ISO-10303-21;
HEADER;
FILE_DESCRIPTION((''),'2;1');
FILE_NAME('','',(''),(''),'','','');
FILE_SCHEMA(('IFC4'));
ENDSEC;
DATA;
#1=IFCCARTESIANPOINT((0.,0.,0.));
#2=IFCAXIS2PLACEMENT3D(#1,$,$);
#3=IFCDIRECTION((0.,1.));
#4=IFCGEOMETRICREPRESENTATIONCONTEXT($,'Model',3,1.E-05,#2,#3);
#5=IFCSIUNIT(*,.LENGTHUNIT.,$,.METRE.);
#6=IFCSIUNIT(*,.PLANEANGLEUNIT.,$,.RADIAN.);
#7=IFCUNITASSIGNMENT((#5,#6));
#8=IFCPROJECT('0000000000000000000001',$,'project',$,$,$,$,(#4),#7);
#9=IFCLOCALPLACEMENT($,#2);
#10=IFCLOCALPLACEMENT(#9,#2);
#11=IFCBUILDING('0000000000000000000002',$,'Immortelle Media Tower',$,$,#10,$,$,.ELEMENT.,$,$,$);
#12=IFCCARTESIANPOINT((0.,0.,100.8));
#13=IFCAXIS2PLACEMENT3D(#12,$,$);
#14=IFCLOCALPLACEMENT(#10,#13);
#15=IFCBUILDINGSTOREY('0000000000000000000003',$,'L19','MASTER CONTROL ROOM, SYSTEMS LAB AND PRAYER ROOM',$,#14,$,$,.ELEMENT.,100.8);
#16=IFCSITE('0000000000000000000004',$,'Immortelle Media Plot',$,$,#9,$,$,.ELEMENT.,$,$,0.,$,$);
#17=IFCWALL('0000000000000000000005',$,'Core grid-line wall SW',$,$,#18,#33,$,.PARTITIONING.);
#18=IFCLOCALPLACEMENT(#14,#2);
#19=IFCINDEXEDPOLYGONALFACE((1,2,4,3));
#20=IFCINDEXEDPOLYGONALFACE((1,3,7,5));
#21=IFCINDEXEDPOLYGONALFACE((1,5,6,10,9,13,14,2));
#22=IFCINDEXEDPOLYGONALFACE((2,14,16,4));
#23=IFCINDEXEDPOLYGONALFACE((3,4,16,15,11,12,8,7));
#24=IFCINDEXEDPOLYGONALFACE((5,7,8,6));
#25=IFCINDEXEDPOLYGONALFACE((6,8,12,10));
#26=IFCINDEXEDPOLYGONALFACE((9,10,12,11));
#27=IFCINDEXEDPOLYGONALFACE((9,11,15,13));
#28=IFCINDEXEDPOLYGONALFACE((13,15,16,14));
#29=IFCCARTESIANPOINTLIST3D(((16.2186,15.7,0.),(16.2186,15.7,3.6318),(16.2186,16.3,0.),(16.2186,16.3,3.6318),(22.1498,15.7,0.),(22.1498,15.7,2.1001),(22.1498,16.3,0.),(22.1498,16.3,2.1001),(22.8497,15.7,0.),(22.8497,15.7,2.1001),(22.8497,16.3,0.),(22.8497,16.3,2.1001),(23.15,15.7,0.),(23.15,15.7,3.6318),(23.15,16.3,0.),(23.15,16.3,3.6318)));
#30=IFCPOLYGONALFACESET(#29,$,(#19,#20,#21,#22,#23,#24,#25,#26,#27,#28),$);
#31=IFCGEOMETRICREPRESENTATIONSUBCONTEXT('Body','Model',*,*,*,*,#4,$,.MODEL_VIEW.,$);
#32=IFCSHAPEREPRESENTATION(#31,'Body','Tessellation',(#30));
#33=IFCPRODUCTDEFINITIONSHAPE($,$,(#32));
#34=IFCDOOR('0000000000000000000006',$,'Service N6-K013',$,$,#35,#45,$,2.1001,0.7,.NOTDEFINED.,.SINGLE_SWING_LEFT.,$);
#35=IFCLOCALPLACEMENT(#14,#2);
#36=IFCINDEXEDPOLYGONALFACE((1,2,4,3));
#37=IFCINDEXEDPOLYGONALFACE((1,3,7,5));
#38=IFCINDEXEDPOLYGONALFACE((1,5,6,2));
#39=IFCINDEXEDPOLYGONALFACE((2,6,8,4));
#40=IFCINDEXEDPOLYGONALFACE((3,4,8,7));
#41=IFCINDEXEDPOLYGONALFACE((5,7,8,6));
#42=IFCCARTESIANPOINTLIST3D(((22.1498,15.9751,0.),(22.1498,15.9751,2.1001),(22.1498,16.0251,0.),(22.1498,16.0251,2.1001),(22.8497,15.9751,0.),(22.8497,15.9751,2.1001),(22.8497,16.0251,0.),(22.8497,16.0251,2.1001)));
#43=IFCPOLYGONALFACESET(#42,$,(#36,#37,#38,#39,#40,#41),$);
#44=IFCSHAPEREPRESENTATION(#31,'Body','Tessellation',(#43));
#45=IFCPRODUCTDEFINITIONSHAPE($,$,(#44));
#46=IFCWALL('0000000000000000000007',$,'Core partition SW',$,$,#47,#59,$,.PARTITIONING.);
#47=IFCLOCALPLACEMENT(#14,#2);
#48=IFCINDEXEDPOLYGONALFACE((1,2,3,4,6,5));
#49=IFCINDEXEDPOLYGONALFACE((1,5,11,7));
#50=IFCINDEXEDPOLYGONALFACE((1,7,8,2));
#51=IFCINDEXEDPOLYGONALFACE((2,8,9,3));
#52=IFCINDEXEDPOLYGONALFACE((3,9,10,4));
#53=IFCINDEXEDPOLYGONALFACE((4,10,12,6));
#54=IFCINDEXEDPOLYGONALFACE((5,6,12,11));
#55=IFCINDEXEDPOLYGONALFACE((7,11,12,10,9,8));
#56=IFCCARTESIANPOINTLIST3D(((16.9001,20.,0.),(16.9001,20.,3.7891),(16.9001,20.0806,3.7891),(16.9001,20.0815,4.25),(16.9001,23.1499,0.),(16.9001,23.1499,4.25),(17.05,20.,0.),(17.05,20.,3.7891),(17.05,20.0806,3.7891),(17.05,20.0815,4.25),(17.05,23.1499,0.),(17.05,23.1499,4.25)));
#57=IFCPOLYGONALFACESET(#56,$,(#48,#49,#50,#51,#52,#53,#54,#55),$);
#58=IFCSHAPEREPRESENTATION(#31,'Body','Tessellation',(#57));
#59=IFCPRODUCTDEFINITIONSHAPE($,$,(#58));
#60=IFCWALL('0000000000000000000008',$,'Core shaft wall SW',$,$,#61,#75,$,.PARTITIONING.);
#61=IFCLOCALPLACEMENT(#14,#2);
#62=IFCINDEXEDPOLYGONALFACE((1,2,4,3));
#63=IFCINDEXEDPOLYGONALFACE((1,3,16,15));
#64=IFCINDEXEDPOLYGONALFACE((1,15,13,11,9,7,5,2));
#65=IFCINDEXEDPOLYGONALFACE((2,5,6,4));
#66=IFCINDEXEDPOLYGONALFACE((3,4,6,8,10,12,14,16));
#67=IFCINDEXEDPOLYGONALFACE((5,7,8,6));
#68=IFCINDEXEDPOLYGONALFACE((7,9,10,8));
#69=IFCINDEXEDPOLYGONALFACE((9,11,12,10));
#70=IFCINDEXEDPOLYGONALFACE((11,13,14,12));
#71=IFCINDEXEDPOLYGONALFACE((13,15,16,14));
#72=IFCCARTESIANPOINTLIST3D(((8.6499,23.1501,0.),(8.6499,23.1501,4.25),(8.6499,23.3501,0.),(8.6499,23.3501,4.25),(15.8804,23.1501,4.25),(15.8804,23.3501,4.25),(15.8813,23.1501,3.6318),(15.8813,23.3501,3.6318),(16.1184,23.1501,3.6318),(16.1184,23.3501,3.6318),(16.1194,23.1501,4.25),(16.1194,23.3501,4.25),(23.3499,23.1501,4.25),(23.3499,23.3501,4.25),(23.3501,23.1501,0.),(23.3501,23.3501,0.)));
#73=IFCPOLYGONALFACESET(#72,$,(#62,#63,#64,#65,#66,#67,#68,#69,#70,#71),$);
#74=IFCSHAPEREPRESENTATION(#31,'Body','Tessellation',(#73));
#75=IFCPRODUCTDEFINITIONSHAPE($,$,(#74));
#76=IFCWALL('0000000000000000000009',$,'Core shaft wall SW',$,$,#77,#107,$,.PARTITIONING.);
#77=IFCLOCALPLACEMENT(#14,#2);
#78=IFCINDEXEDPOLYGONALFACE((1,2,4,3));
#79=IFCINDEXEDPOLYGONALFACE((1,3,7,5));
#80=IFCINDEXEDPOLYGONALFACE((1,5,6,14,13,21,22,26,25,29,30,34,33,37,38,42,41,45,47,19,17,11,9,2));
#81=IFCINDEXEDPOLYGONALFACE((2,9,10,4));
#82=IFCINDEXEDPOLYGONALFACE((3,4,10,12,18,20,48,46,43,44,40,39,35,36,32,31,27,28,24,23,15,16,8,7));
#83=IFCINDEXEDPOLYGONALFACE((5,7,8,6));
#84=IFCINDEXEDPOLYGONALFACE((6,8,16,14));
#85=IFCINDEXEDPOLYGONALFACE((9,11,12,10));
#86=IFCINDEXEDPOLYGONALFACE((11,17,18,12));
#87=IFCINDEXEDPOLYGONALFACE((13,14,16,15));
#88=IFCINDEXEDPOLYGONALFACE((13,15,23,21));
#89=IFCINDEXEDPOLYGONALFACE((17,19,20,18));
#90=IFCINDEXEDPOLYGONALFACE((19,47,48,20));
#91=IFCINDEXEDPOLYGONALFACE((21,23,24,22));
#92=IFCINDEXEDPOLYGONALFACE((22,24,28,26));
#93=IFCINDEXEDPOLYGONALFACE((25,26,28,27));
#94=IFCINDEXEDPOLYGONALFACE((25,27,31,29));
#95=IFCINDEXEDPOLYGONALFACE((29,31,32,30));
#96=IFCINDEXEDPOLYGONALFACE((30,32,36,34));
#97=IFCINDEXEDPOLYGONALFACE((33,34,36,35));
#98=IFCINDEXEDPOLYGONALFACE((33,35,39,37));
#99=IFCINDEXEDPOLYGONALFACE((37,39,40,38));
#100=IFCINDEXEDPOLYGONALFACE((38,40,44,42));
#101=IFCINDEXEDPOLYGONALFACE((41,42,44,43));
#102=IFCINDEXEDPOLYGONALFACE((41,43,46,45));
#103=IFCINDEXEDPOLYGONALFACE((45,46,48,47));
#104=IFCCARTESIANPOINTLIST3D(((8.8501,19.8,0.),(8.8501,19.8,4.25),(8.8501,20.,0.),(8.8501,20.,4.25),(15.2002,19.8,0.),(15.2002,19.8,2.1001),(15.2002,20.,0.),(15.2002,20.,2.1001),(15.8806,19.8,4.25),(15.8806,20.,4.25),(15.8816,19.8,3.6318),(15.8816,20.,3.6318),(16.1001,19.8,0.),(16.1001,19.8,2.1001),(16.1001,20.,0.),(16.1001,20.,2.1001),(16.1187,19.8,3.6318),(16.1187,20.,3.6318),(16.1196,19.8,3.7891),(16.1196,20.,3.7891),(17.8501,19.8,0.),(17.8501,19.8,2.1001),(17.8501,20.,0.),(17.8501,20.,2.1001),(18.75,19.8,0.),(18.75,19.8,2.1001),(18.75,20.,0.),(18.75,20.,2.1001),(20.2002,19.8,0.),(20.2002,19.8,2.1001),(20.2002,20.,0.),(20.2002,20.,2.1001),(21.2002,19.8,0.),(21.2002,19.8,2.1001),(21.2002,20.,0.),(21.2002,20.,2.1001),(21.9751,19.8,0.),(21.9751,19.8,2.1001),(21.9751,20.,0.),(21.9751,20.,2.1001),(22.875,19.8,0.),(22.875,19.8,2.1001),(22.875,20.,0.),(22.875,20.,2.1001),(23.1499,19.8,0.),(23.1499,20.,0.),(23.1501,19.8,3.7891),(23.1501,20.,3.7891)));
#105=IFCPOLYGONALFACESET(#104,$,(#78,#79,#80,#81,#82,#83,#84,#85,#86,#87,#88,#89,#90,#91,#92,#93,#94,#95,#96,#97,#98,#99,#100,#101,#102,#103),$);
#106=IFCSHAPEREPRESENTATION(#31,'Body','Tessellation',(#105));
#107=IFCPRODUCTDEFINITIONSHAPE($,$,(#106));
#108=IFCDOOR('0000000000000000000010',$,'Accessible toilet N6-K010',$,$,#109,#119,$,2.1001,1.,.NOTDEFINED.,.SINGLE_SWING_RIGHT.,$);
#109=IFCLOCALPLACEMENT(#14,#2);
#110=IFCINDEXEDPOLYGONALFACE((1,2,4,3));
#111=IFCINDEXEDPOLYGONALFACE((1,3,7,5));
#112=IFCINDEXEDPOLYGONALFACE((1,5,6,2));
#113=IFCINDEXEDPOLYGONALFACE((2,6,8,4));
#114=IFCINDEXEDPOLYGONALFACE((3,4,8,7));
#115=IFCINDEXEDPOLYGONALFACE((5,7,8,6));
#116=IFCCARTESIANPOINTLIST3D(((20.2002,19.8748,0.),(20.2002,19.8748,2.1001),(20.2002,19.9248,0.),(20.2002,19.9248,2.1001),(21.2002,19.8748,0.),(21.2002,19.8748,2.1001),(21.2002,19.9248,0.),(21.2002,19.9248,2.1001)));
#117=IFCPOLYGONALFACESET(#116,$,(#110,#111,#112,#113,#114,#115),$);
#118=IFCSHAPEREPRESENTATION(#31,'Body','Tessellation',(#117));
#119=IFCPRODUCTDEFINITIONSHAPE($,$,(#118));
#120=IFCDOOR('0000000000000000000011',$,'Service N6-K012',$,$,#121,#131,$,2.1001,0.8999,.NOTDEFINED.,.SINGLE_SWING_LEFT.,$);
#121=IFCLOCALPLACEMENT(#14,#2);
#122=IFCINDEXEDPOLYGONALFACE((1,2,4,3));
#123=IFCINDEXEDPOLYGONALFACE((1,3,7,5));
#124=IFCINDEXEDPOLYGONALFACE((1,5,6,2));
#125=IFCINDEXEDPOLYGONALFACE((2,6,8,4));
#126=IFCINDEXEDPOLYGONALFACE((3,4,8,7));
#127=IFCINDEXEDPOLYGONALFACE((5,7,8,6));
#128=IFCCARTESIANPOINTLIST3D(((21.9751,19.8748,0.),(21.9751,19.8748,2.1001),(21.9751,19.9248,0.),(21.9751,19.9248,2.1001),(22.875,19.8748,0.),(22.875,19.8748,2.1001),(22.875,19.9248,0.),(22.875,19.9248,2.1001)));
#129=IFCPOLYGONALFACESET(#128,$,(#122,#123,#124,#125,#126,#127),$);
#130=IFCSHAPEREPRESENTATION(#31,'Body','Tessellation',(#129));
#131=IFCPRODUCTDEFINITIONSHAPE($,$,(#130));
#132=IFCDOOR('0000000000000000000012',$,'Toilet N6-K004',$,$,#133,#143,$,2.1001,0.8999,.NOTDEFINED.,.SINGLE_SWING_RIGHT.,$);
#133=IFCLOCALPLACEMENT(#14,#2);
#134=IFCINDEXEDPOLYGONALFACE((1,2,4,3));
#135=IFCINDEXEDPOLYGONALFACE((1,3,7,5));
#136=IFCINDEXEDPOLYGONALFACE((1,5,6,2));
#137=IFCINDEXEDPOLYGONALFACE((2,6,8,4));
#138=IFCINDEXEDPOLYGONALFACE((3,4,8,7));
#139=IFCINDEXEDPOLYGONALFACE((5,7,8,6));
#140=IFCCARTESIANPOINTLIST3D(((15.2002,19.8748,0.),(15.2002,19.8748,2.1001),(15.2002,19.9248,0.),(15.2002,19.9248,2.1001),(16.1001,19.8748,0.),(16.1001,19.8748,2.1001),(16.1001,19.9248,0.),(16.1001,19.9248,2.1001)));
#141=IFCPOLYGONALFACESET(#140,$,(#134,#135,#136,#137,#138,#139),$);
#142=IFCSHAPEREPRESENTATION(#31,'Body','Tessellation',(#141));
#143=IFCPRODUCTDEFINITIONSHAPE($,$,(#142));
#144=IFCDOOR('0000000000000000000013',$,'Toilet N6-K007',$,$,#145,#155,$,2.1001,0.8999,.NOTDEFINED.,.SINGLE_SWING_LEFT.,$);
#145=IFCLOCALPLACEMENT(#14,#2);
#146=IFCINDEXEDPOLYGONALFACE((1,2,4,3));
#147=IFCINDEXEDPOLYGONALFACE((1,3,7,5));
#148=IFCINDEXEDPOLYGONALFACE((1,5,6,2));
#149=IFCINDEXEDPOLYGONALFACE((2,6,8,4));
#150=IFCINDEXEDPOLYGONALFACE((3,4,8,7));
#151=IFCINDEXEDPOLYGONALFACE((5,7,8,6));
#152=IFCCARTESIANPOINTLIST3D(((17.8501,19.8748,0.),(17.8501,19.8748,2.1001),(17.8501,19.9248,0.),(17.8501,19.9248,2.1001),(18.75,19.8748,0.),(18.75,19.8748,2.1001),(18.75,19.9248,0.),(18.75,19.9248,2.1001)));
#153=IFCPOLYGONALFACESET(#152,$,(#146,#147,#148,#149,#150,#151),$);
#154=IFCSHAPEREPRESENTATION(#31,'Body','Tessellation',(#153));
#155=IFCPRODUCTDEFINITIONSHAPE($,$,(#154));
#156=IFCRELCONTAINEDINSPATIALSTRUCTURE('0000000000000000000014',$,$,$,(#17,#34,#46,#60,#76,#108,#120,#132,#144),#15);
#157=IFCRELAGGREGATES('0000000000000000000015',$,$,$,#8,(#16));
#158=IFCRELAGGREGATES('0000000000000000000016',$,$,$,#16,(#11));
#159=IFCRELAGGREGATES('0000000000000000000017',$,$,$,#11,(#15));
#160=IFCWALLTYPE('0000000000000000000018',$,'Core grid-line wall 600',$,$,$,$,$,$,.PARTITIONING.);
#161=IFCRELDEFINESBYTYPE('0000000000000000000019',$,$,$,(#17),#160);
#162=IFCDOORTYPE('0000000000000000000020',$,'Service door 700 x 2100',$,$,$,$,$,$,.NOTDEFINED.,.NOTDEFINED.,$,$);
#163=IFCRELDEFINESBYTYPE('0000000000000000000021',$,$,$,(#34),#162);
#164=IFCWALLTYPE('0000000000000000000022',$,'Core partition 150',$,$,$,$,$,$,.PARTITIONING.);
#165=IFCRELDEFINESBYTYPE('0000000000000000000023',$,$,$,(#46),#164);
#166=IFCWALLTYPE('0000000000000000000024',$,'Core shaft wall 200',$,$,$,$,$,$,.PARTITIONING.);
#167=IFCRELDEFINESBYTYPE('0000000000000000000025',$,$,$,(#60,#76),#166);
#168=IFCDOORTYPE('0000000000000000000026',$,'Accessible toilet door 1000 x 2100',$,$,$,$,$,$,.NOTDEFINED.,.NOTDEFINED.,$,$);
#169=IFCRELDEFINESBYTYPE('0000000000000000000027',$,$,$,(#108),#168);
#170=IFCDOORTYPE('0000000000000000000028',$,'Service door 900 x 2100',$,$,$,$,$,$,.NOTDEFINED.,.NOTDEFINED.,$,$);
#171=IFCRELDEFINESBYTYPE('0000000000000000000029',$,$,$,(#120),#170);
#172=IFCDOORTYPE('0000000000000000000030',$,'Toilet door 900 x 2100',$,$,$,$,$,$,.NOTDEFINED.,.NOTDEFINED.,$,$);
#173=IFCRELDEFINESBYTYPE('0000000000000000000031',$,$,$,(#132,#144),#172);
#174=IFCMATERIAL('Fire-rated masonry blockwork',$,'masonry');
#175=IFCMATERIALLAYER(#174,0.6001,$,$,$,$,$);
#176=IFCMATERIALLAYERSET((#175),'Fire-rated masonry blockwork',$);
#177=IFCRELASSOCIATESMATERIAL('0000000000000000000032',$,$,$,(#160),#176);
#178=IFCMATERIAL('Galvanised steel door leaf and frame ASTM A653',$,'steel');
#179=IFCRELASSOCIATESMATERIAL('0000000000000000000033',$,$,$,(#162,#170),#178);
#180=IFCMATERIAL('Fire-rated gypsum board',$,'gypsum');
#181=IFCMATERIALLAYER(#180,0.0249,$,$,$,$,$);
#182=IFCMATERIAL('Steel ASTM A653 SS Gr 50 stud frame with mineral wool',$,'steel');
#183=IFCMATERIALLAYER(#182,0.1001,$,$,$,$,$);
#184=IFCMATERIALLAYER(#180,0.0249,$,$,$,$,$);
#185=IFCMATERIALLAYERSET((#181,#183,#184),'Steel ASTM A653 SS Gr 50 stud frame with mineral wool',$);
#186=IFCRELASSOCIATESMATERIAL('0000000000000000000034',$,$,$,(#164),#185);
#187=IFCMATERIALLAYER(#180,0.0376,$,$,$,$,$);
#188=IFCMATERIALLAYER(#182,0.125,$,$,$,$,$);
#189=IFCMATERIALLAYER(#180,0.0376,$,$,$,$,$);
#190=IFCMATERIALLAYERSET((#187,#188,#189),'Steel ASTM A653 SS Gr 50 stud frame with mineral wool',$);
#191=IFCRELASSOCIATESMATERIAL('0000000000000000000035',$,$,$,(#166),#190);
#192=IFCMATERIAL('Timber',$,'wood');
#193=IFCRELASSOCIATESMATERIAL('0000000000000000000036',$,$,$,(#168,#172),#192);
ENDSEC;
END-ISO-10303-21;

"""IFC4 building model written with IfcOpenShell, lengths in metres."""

from ifc_helpers import new_model, si_unit, direction, frame, frame_2d, origin, place, context, subcontext, project, spatial, polyline, rectangle, outline, extrude, material, layer, layer_set, type_object, element, fill, save


model = new_model("IFC4")

# Units and contexts
model_context = context("Model", 3, precision=1e-05, world=origin(), true_north=direction((0.0, 1.0)))
body_context = subcontext(model_context, "Body", "Model", "MODEL_VIEW")
ifc_project = project(units=[si_unit("LENGTHUNIT", "METRE"), si_unit("PLANEANGLEUNIT", "RADIAN")], contexts=[model_context])

# Site, building, storey
site_placement = place(None, origin())
site = spatial("IfcSite", under=ifc_project, at=site_placement, Name="Immortelle Media Plot", CompositionType="ELEMENT", RefElevation=0.0)
building_placement = place(site_placement, origin())
building = spatial("IfcBuilding", under=site, at=building_placement, Name="Immortelle Media Tower", CompositionType="ELEMENT")
storey_placement = place(building_placement, frame((0.0, 0.0, 100.8)))
storey = spatial("IfcBuildingStorey", under=building, at=storey_placement, Name="L19", Description="MASTER CONTROL ROOM, SYSTEMS LAB AND PRAYER ROOM", CompositionType="ELEMENT", Elevation=100.8)

# Wall, opening, door
ifc_material_1 = material(Name="Fire-rated masonry blockwork", Category="masonry")
ifc_layer_1 = layer(ifc_material_1, 0.6001)
ifc_layer_set_1 = layer_set([ifc_layer_1], Name="Fire-rated masonry blockwork")
wall_type_1 = type_object("IfcWallType", Name="Core grid-line wall 600", PredefinedType="PARTITIONING", material=ifc_layer_set_1)
wall_1_placement = place(storey_placement, frame((16.2185, 16.0, 0.0), z_axis=(0.0, 0.0, 1.0), x_axis=(1.0, 0.0, 0.0)))
wall_1 = element("IfcWall", 1, at=wall_1_placement, inside=storey, type_object=wall_type_1, Name="Core grid-line wall SW", PredefinedType="PARTITIONING", context=body_context, shape_type="SweptSolid", body=[
    extrude(rectangle(XDim=6.9314, YDim=0.6001, at=frame_2d((3.4658, 0.0))), origin(), (0.0, 0.0, 1.0), 3.6318),
])
opening_1_placement = place(wall_1_placement, frame((6.6313, 0.0, 0.0), z_axis=(0.0, 0.0, 1.0), x_axis=(-1.0, 0.0, 0.0)))
opening_1 = element("IfcOpeningElement", 2, at=opening_1_placement, cuts=wall_1, PredefinedType="OPENING", context=body_context, shape_type="SweptSolid", body=[
    extrude(rectangle(XDim=0.7, YDim=2.1001, at=frame_2d((0.3501, 1.05))), frame((0.0, 0.3101, 0.0), z_axis=(0.0, -1.0, 0.0), x_axis=(1.0, 0.0, 0.0)), (0.0, 0.0, 1.0), 0.6201),
])
ifc_material_2 = material(Name="Galvanised steel door leaf and frame ASTM A653", Category="steel")
door_type_1 = type_object("IfcDoorType", Name="Service door 700 x 2100", OperationType="NOTDEFINED", PredefinedType="NOTDEFINED", material=ifc_material_2)
door_1_placement = place(opening_1_placement, origin())
door_1 = element("IfcDoor", 3, at=door_1_placement, inside=storey, type_object=door_type_1, Name="Service N6-K013", OperationType="SINGLE_SWING_LEFT", OverallHeight=2.1001, OverallWidth=0.7, PredefinedType="NOTDEFINED", context=body_context, shape_type="SweptSolid", body=[
    extrude(rectangle(XDim=0.7, YDim=2.1001, at=frame_2d((0.3501, 1.05))), frame((0.0, 0.0249, 0.0), z_axis=(0.0, -1.0, 0.0), x_axis=(1.0, 0.0, 0.0)), (0.0, 0.0, 1.0), 0.05),
])
fill(opening_1, door_1)

# Walls
ifc_material_3 = material(Name="Fire-rated gypsum board", Category="gypsum")
ifc_layer_2 = layer(ifc_material_3, 0.0249)
ifc_material_4 = material(Name="Steel ASTM A653 SS Gr 50 stud frame with mineral wool", Category="steel")
ifc_layer_3 = layer(ifc_material_4, 0.1001)
ifc_layer_4 = layer(ifc_material_3, 0.0249)
ifc_layer_set_2 = layer_set([ifc_layer_2, ifc_layer_3, ifc_layer_4], Name="Steel ASTM A653 SS Gr 50 stud frame with mineral wool")
wall_type_2 = type_object("IfcWallType", Name="Core partition 150", PredefinedType="PARTITIONING", material=ifc_layer_set_2)
wall_2_placement = place(storey_placement, frame((16.9751, 20.0, 0.0), z_axis=(0.0, 0.0, 1.0), x_axis=(0.0, 1.0, 0.0)))
element("IfcWall", 4, at=wall_2_placement, inside=storey, type_object=wall_type_2, Name="Core partition SW", PredefinedType="PARTITIONING", context=body_context, shape_type="SweptSolid", body=[
    extrude(outline(polyline([(0.0, 0.0), (3.1499, 0.0), (3.1499, 4.25), (0.0815, 4.25), (0.0806, 3.7891), (0.0, 3.7891), (0.0, 0.0)])), frame((0.0, 0.075, 0.0), z_axis=(0.0, -1.0, 0.0), x_axis=(1.0, 0.0, 0.0)), (0.0, 0.0, 1.0), 0.1499),
])
ifc_layer_5 = layer(ifc_material_3, 0.0376)
ifc_layer_6 = layer(ifc_material_4, 0.125)
ifc_layer_7 = layer(ifc_material_3, 0.0376)
ifc_layer_set_3 = layer_set([ifc_layer_5, ifc_layer_6, ifc_layer_7], Name="Steel ASTM A653 SS Gr 50 stud frame with mineral wool")
wall_type_3 = type_object("IfcWallType", Name="Core shaft wall 200", PredefinedType="PARTITIONING", material=ifc_layer_set_3)
wall_3_placement = place(storey_placement, frame((8.6499, 23.25, 0.0), z_axis=(0.0, 0.0, 1.0), x_axis=(1.0, 0.0, 0.0)))
element("IfcWall", 5, at=wall_3_placement, inside=storey, type_object=wall_type_3, Name="Core shaft wall SW", PredefinedType="PARTITIONING", context=body_context, shape_type="SweptSolid", body=[
    extrude(outline(polyline([(0.0, 0.0), (14.7002, 0.0), (14.7, 4.25), (7.4695, 4.25), (7.4685, 3.6318), (7.2314, 3.6318), (7.2305, 4.25), (0.0, 4.25), (0.0, 0.0)])), frame((0.0, 0.1001, 0.0), z_axis=(0.0, -1.0, 0.0), x_axis=(1.0, 0.0, 0.0)), (0.0, 0.0, 1.0), 0.2),
])

# Wall, openings, doors
wall_4_placement = place(storey_placement, frame((8.8501, 19.8999, 0.0), z_axis=(0.0, 0.0, 1.0), x_axis=(1.0, 0.0, 0.0)))
wall_4 = element("IfcWall", 6, at=wall_4_placement, inside=storey, type_object=wall_type_3, Name="Core shaft wall SW", PredefinedType="PARTITIONING", context=body_context, shape_type="SweptSolid", body=[
    extrude(outline(polyline([(0.0, 0.0), (14.2998, 0.0), (14.3, 3.7891), (7.2695, 3.7891), (7.2686, 3.6318), (7.0315, 3.6318), (7.0305, 4.25), (0.0, 4.25), (0.0, 0.0)])), frame((0.0, 0.1001, 0.0), z_axis=(0.0, -1.0, 0.0), x_axis=(1.0, 0.0, 0.0)), (0.0, 0.0, 1.0), 0.2),
])
opening_2_placement = place(wall_4_placement, frame((6.3501, 0.0, 0.0)))
opening_2 = element("IfcOpeningElement", 7, at=opening_2_placement, cuts=wall_4, PredefinedType="OPENING", context=body_context, shape_type="SweptSolid", body=[
    extrude(rectangle(XDim=0.8999, YDim=2.1001, at=frame_2d((0.45, 1.05))), frame((0.0, 0.1099, 0.0), z_axis=(0.0, -1.0, 0.0), x_axis=(1.0, 0.0, 0.0)), (0.0, 0.0, 1.0), 0.22),
])
opening_3_placement = place(wall_4_placement, frame((9.0, 0.0, 0.0)))
opening_3 = element("IfcOpeningElement", 8, at=opening_3_placement, cuts=wall_4, PredefinedType="OPENING", context=body_context, shape_type="SweptSolid", body=[
    extrude(rectangle(XDim=0.8999, YDim=2.1001, at=frame_2d((0.45, 1.05))), frame((0.0, 0.1099, 0.0), z_axis=(0.0, -1.0, 0.0), x_axis=(1.0, 0.0, 0.0)), (0.0, 0.0, 1.0), 0.22),
])
opening_4_placement = place(wall_4_placement, frame((11.3501, 0.0, 0.0)))
opening_4 = element("IfcOpeningElement", 9, at=opening_4_placement, cuts=wall_4, PredefinedType="OPENING", context=body_context, shape_type="SweptSolid", body=[
    extrude(rectangle(XDim=1.0, YDim=2.1001, at=frame_2d((0.5, 1.05))), frame((0.0, 0.1099, 0.0), z_axis=(0.0, -1.0, 0.0), x_axis=(1.0, 0.0, 0.0)), (0.0, 0.0, 1.0), 0.22),
])
opening_5_placement = place(wall_4_placement, frame((13.125, 0.0, 0.0)))
opening_5 = element("IfcOpeningElement", 10, at=opening_5_placement, cuts=wall_4, PredefinedType="OPENING", context=body_context, shape_type="SweptSolid", body=[
    extrude(rectangle(XDim=0.8999, YDim=2.1001, at=frame_2d((0.45, 1.05))), frame((0.0, 0.1099, 0.0), z_axis=(0.0, -1.0, 0.0), x_axis=(1.0, 0.0, 0.0)), (0.0, 0.0, 1.0), 0.22),
])
ifc_material_5 = material(Name="Timber", Category="wood")
door_type_2 = type_object("IfcDoorType", Name="Accessible toilet door 1000 x 2100", OperationType="NOTDEFINED", PredefinedType="NOTDEFINED", material=ifc_material_5)
door_2_placement = place(opening_4_placement, origin())
door_2 = element("IfcDoor", 11, at=door_2_placement, inside=storey, type_object=door_type_2, Name="Accessible toilet N6-K010", OperationType="SINGLE_SWING_RIGHT", OverallHeight=2.1001, OverallWidth=1.0, PredefinedType="NOTDEFINED", context=body_context, shape_type="SweptSolid", body=[
    extrude(rectangle(XDim=1.0, YDim=2.1001, at=frame_2d((0.5, 1.05))), frame((0.0, 0.0249, 0.0), z_axis=(0.0, -1.0, 0.0), x_axis=(1.0, 0.0, 0.0)), (0.0, 0.0, 1.0), 0.05),
])
fill(opening_4, door_2)
door_type_3 = type_object("IfcDoorType", Name="Service door 900 x 2100", OperationType="NOTDEFINED", PredefinedType="NOTDEFINED", material=ifc_material_2)
door_3_placement = place(opening_5_placement, origin())
door_3 = element("IfcDoor", 12, at=door_3_placement, inside=storey, type_object=door_type_3, Name="Service N6-K012", OperationType="SINGLE_SWING_LEFT", OverallHeight=2.1001, OverallWidth=0.8999, PredefinedType="NOTDEFINED", context=body_context, shape_type="SweptSolid", body=[
    extrude(rectangle(XDim=0.8999, YDim=2.1001, at=frame_2d((0.45, 1.05))), frame((0.0, 0.0249, 0.0), z_axis=(0.0, -1.0, 0.0), x_axis=(1.0, 0.0, 0.0)), (0.0, 0.0, 1.0), 0.05),
])
fill(opening_5, door_3)
door_type_4 = type_object("IfcDoorType", Name="Toilet door 900 x 2100", OperationType="NOTDEFINED", PredefinedType="NOTDEFINED", material=ifc_material_5)
door_4_placement = place(opening_2_placement, origin())
door_4 = element("IfcDoor", 13, at=door_4_placement, inside=storey, type_object=door_type_4, Name="Toilet N6-K004", OperationType="SINGLE_SWING_RIGHT", OverallHeight=2.1001, OverallWidth=0.8999, PredefinedType="NOTDEFINED", context=body_context, shape_type="SweptSolid", body=[
    extrude(rectangle(XDim=0.8999, YDim=2.1001, at=frame_2d((0.45, 1.05))), frame((0.0, 0.0249, 0.0), z_axis=(0.0, -1.0, 0.0), x_axis=(1.0, 0.0, 0.0)), (0.0, 0.0, 1.0), 0.05),
])
fill(opening_2, door_4)
door_5_placement = place(opening_3_placement, origin())
door_5 = element("IfcDoor", 14, at=door_5_placement, inside=storey, type_object=door_type_4, Name="Toilet N6-K007", OperationType="SINGLE_SWING_LEFT", OverallHeight=2.1001, OverallWidth=0.8999, PredefinedType="NOTDEFINED", context=body_context, shape_type="SweptSolid", body=[
    extrude(rectangle(XDim=0.8999, YDim=2.1001, at=frame_2d((0.45, 1.05))), frame((0.0, 0.0249, 0.0), z_axis=(0.0, -1.0, 0.0), x_axis=(1.0, 0.0, 0.0)), (0.0, 0.0, 1.0), 0.05),
])
fill(opening_3, door_5)

save(model, "model.ifc")
